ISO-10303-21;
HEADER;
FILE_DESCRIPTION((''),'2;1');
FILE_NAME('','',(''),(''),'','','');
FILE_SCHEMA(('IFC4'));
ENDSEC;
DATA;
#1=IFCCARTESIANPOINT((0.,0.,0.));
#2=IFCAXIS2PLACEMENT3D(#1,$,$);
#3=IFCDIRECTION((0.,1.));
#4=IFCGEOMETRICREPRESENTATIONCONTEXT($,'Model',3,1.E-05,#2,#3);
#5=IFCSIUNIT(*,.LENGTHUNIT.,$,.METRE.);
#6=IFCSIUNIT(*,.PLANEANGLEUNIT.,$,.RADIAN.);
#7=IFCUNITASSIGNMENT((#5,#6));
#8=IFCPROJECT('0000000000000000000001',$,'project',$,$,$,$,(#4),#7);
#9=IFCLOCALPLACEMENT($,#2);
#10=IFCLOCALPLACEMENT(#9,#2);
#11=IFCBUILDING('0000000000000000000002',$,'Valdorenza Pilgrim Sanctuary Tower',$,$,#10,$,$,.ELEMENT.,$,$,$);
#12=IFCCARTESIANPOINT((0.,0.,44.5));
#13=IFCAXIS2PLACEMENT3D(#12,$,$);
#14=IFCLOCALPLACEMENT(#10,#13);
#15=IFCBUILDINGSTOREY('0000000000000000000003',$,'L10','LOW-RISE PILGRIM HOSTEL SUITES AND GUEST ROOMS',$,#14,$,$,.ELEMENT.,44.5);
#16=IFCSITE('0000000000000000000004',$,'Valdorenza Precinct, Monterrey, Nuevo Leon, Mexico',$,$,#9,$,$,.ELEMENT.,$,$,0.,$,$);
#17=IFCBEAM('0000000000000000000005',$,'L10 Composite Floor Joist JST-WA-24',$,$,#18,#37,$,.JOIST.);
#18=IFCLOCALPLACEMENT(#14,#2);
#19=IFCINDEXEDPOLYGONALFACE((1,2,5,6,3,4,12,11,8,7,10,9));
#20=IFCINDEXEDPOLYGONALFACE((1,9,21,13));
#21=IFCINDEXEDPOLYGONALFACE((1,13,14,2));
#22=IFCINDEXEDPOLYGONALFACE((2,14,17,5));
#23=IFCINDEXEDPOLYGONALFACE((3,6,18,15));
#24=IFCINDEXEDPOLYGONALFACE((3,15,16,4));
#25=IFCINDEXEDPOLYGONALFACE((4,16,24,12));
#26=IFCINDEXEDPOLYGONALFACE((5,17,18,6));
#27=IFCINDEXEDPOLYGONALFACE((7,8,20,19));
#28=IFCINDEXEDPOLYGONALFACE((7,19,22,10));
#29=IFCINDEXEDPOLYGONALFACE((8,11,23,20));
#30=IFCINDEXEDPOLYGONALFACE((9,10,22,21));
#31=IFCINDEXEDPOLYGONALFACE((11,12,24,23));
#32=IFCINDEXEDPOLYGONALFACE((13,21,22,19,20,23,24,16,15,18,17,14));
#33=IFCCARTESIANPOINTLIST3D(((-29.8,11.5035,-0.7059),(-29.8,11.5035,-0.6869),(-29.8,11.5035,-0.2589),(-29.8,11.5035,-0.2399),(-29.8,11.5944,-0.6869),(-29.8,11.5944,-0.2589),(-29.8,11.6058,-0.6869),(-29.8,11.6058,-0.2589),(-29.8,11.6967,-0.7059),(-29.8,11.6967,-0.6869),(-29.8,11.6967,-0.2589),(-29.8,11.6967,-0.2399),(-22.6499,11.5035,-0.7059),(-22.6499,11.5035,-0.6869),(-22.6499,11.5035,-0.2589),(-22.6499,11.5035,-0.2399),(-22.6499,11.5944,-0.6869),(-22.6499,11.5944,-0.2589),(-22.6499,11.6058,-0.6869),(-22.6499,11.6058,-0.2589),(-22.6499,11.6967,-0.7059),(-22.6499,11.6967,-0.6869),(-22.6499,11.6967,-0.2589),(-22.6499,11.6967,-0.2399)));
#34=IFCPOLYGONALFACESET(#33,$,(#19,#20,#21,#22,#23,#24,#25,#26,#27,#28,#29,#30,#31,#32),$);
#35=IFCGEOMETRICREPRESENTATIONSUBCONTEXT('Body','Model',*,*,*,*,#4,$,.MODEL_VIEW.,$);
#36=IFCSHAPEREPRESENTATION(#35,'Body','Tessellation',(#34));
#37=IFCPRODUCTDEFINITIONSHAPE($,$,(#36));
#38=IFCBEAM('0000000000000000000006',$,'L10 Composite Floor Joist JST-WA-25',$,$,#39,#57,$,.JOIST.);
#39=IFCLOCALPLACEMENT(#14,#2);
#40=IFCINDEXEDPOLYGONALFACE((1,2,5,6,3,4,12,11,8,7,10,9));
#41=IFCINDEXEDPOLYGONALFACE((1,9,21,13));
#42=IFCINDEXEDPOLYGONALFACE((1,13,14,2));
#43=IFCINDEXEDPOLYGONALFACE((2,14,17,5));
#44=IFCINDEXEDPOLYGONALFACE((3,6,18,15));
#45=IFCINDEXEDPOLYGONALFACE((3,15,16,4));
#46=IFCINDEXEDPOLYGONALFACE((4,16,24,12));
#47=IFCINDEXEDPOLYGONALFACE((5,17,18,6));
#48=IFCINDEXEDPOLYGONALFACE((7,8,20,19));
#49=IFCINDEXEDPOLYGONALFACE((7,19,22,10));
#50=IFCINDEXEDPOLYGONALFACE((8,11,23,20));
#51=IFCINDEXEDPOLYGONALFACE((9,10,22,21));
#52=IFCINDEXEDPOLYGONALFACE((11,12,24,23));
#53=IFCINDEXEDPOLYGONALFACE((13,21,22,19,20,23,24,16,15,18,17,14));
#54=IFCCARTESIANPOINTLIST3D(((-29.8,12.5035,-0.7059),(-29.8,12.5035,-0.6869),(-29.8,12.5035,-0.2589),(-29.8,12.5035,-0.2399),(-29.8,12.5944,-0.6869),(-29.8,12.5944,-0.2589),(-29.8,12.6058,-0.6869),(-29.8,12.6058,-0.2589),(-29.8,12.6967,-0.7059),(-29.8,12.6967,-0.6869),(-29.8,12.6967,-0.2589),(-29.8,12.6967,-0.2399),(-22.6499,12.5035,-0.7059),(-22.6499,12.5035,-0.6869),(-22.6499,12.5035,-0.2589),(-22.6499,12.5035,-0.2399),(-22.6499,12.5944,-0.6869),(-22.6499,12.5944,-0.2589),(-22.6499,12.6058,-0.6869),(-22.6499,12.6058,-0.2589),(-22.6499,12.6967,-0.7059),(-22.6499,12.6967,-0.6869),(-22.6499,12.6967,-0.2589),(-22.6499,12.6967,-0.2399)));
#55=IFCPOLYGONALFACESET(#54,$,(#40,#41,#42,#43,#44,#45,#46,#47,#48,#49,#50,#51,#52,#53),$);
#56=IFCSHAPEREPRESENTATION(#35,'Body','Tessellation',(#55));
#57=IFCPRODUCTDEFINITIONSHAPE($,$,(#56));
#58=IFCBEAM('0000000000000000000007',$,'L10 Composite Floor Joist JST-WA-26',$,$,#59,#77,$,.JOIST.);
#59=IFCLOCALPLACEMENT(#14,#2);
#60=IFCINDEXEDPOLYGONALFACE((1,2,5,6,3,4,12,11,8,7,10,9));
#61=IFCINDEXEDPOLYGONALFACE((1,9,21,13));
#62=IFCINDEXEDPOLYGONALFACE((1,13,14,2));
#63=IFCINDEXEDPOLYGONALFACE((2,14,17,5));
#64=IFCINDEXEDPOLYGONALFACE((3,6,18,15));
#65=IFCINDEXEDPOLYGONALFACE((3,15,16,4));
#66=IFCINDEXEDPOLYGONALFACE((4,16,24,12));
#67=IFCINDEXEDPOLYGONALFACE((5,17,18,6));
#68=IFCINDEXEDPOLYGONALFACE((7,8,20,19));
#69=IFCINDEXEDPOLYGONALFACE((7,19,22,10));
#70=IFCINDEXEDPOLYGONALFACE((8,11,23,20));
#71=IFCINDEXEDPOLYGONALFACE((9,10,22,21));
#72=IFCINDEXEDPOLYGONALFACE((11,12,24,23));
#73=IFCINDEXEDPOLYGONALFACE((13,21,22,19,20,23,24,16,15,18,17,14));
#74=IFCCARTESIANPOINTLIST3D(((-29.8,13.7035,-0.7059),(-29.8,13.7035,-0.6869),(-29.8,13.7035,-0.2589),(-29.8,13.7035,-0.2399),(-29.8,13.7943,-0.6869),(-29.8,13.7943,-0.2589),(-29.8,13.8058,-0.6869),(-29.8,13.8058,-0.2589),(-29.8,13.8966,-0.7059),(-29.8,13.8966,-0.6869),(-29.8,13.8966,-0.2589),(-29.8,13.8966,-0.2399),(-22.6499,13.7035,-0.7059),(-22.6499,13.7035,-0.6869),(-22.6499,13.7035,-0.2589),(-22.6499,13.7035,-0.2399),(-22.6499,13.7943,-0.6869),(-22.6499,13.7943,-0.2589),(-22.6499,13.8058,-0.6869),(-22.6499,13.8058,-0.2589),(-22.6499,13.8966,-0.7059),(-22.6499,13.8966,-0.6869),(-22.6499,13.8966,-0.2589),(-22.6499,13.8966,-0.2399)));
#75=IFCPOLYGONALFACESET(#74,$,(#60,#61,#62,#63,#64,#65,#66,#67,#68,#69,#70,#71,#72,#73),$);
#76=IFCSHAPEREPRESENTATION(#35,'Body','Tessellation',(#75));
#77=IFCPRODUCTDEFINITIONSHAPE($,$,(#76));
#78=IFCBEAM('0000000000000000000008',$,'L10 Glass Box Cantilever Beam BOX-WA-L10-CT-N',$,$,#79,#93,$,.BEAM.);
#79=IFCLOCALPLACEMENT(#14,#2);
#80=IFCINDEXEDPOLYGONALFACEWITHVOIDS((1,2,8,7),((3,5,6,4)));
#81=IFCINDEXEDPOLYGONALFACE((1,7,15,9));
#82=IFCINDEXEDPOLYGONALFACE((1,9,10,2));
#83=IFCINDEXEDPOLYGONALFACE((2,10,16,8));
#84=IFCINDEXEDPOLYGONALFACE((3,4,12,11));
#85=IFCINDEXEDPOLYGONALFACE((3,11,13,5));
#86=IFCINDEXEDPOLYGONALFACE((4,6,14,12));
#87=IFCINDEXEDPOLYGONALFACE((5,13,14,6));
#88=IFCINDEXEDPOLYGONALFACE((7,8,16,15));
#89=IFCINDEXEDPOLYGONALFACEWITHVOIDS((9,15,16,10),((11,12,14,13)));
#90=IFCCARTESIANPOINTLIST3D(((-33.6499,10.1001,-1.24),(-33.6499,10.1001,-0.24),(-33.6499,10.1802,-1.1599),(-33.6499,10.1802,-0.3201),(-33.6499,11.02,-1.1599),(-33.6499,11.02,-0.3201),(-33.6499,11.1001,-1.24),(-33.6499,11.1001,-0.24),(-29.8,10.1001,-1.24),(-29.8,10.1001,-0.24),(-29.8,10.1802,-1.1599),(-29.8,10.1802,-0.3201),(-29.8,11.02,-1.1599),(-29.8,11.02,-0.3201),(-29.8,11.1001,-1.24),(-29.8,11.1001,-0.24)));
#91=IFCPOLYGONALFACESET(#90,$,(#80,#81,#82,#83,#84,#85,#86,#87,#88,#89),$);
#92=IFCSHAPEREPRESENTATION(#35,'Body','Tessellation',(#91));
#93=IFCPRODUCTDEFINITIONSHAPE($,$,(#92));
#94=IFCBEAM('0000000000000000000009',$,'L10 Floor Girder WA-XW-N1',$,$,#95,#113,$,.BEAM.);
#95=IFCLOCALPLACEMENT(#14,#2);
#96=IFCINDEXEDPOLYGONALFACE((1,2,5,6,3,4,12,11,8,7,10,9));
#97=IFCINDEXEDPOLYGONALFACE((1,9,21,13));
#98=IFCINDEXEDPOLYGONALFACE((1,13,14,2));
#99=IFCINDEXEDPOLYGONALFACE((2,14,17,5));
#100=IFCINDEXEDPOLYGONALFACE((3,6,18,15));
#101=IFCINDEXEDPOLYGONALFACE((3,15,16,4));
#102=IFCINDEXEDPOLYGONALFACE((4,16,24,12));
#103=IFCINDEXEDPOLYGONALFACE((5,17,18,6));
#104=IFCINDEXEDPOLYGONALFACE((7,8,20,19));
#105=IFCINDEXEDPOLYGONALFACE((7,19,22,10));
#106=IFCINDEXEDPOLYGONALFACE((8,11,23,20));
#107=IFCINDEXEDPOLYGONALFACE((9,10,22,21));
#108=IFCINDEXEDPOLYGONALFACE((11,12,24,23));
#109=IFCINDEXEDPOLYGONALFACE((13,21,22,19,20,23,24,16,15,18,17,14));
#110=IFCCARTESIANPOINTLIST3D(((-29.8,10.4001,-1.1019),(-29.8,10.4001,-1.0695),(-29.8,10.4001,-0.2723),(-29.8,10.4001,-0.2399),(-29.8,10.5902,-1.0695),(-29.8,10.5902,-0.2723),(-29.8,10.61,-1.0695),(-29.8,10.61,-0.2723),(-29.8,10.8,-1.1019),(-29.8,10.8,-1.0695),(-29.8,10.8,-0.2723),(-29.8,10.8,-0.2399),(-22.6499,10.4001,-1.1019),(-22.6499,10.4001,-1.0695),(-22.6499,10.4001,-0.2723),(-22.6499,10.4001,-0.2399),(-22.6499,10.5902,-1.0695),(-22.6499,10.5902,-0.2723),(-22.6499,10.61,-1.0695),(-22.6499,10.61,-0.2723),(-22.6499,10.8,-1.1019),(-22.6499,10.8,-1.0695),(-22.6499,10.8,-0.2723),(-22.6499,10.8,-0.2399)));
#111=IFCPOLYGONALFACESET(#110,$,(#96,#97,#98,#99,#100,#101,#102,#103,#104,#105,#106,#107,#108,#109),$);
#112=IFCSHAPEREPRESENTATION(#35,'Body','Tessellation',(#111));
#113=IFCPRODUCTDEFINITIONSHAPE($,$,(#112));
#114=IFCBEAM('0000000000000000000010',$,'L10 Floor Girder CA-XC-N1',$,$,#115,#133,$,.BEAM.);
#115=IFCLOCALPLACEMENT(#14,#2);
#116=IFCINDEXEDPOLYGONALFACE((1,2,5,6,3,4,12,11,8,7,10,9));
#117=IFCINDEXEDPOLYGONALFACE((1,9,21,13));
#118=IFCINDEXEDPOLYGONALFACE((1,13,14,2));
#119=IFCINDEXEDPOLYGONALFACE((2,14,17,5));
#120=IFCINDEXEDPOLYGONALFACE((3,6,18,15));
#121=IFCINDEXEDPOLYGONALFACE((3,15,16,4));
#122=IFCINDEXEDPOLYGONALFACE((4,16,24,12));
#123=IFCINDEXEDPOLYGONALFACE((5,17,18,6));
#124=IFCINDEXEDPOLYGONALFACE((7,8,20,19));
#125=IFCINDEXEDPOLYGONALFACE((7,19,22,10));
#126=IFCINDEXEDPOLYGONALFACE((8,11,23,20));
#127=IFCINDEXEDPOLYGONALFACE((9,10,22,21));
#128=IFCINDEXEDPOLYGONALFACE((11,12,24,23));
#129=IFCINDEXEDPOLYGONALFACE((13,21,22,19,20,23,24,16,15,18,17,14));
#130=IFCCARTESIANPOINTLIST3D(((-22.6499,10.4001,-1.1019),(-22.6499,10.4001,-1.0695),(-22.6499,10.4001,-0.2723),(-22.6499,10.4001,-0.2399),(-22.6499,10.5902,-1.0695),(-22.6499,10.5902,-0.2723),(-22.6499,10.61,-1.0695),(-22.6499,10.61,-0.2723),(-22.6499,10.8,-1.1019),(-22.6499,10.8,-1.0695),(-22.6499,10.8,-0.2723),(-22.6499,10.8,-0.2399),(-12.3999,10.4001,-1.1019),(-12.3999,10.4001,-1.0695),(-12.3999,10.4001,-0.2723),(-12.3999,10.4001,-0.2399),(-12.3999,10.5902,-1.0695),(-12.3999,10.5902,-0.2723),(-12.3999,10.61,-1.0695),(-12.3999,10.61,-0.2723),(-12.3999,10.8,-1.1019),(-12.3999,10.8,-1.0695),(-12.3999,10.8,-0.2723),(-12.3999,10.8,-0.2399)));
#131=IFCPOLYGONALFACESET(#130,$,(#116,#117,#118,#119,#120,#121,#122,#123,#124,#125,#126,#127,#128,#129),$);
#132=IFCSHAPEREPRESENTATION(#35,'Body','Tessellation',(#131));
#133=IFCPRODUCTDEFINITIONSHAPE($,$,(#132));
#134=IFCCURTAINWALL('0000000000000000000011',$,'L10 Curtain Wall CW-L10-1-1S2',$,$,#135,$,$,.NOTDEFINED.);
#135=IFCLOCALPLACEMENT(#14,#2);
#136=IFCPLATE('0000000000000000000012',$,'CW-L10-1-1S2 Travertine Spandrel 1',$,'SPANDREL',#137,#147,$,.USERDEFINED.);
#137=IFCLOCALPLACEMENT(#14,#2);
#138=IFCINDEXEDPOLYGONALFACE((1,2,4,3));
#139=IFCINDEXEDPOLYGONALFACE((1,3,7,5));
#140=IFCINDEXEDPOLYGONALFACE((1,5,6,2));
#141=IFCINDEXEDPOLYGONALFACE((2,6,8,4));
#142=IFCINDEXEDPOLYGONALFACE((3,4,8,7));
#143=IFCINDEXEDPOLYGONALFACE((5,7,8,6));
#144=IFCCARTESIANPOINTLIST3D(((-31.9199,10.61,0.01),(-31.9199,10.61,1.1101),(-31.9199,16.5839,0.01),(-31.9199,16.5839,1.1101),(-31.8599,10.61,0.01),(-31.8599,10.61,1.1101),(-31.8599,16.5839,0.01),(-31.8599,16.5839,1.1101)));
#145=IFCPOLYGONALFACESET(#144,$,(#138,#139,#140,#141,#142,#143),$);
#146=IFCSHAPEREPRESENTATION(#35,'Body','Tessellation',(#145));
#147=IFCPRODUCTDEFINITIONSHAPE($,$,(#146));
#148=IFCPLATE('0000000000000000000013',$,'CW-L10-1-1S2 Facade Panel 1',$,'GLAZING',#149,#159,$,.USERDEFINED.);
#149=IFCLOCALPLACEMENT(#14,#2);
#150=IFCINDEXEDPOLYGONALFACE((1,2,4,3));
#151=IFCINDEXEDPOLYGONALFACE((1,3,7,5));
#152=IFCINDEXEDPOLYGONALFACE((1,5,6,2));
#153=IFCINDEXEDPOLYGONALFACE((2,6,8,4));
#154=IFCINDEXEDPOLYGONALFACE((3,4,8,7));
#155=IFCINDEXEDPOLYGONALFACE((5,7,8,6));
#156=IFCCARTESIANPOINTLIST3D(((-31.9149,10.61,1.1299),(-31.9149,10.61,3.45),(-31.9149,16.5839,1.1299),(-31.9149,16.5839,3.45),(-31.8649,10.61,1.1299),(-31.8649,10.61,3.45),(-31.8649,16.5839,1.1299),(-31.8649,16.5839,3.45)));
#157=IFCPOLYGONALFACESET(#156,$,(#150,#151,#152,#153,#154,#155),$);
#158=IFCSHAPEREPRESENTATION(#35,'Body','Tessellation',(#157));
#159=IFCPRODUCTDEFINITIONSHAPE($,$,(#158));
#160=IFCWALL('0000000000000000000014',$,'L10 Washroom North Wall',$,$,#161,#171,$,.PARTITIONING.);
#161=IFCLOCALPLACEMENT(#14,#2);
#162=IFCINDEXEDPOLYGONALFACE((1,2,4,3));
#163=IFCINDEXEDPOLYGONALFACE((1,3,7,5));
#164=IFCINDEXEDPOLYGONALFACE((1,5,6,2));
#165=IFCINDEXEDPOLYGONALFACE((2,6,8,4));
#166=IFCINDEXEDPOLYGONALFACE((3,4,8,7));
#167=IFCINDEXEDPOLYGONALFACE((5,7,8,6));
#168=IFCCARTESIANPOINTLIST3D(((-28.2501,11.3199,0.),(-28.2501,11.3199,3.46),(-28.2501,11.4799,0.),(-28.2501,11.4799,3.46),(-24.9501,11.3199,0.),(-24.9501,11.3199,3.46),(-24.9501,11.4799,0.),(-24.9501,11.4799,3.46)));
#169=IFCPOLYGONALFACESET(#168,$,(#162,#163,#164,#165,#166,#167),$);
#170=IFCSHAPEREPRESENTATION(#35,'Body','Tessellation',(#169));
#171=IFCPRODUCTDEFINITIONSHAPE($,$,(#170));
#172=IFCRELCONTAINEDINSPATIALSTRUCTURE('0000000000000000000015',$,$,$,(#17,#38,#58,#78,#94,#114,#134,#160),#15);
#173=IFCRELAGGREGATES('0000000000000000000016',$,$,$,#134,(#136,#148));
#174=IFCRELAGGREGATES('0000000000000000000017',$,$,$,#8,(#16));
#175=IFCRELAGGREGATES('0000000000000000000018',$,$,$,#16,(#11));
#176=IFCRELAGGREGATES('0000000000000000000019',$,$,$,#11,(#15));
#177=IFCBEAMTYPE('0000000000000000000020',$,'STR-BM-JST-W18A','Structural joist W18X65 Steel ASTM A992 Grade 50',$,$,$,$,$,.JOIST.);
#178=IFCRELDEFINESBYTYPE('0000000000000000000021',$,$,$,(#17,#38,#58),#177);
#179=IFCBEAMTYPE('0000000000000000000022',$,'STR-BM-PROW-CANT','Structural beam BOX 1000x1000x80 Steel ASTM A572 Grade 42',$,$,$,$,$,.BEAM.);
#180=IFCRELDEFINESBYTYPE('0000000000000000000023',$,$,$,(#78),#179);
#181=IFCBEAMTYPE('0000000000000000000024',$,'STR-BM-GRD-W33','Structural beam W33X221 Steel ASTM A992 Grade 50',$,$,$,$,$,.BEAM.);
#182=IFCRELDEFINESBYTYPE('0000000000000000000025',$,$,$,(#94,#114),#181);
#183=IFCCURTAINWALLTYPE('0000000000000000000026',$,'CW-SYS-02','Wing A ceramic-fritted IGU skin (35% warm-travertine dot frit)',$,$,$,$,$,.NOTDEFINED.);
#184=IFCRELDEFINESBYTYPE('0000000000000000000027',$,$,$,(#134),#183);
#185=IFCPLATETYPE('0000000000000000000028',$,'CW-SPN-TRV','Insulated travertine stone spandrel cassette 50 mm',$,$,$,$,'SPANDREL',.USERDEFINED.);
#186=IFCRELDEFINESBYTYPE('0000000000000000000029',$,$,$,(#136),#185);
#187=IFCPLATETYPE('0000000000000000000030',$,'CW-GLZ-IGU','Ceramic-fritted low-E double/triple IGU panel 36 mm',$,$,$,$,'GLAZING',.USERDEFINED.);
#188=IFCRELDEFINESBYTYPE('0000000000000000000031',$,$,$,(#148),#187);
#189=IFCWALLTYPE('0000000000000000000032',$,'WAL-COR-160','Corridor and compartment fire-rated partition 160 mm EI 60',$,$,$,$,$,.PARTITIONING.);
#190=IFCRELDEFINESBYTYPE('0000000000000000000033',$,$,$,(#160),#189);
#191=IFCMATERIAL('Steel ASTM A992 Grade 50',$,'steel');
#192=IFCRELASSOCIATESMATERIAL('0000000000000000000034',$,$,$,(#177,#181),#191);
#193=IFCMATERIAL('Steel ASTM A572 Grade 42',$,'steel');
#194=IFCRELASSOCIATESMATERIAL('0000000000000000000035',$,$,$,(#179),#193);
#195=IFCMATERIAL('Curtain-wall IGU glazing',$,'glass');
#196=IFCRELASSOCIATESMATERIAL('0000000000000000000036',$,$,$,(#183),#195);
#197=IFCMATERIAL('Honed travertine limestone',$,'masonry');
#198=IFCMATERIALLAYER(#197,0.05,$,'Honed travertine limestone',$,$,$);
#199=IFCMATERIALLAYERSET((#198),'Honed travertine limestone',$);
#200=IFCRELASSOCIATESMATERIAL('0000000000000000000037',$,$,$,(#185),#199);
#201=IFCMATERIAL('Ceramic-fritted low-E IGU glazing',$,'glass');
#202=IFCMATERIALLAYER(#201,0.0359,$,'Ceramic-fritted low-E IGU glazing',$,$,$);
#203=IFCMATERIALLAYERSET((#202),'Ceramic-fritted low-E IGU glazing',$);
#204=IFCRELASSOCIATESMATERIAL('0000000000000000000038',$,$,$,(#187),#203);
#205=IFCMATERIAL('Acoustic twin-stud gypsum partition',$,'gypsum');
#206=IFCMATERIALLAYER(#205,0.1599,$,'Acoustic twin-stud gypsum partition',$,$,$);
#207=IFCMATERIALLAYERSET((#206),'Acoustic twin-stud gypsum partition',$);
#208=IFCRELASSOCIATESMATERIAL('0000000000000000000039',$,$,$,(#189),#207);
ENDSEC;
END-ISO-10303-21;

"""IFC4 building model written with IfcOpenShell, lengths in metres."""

from ifc_helpers import new_model, si_unit, direction, frame, frame_2d, origin, origin_2d, place, context, subcontext, project, spatial, rectangle, hollow_rectangle, i_section, extrude, source, transform, mapped, material, layer, layer_set, material_profile, profile_set, type_object, element, aggregate, save


model = new_model("IFC4")

# Units and contexts
model_context = context("Model", 3, precision=1e-05, world=origin(), true_north=direction((0.0, 1.0)))
body_context = subcontext(model_context, "Body", "Model", "MODEL_VIEW")
ifc_project = project(units=[si_unit("LENGTHUNIT", "METRE"), si_unit("PLANEANGLEUNIT", "RADIAN")], contexts=[model_context])

# Site, building, storey
site_placement = place(None, origin())
site = spatial("IfcSite", under=ifc_project, at=site_placement, Name="Valdorenza Precinct, Monterrey, Nuevo Leon, Mexico", CompositionType="ELEMENT", RefElevation=0.0)
building_placement = place(site_placement, origin())
building = spatial("IfcBuilding", under=site, at=building_placement, Name="Valdorenza Pilgrim Sanctuary Tower", CompositionType="ELEMENT")
storey_placement = place(building_placement, frame((0.0, 0.0, 44.5)))
storey = spatial("IfcBuildingStorey", under=building, at=storey_placement, Name="L10", Description="LOW-RISE PILGRIM HOSTEL SUITES AND GUEST ROOMS", CompositionType="ELEMENT", Elevation=44.5)

# Beams
ifc_material_1 = material(Name="Steel ASTM A992 Grade 50", Category="steel")
ifc_material_profile_1 = material_profile(ifc_material_1, i_section(OverallWidth=0.1931, OverallDepth=0.4661, WebThickness=0.0115, FlangeThickness=0.019, at=origin_2d()), Name="W18X65")
ifc_profile_set_1 = profile_set([ifc_material_profile_1], Name="Steel ASTM A992 Grade 50")
beam_type_1 = type_object("IfcBeamType", Name="STR-BM-JST-W18A", Description="Structural joist W18X65 Steel ASTM A992 Grade 50", PredefinedType="JOIST", material=ifc_profile_set_1)
shared_shape_1 = source(origin(), body_context, "Body", "SweptSolid", [
    extrude(i_section(OverallWidth=0.1931, OverallDepth=0.4661, WebThickness=0.0115, FlangeThickness=0.019, at=origin_2d()), origin(), (0.0, 0.0, 1.0), 7.1501),
])
for number, where, z_axis, x_axis, name in (
    (1, (-29.8, 11.6001, -0.4729), (1.0, 0.0, 0.0), (0.0, 1.0, 0.0), "L10 Composite Floor Joist JST-WA-24"),
    (2, (-29.8, 12.6001, -0.4729), (1.0, 0.0, 0.0), (0.0, 1.0, 0.0), "L10 Composite Floor Joist JST-WA-25"),
    (3, (-29.8, 13.8, -0.4729), (1.0, 0.0, 0.0), (0.0, 1.0, 0.0), "L10 Composite Floor Joist JST-WA-26"),
):
    element("IfcBeam", number, at=place(storey_placement, frame(where, z_axis=z_axis, x_axis=x_axis)), inside=storey, type_object=beam_type_1, Name=name, PredefinedType="JOIST", context=body_context, shape_type="MappedRepresentation", body=[
        mapped(shared_shape_1, transform((0.0, 0.0, 0.0), x_axis=(1.0, 0.0, 0.0), y_axis=(0.0, 1.0, 0.0), z_axis=(0.0, 0.0, 1.0), scale=1.0)),
    ])
ifc_material_2 = material(Name="Steel ASTM A572 Grade 42", Category="steel")
ifc_material_profile_2 = material_profile(ifc_material_2, hollow_rectangle(XDim=1.0, YDim=1.0, WallThickness=0.0801, at=origin_2d()), Name="BOX 1000x1000x80")
ifc_profile_set_2 = profile_set([ifc_material_profile_2], Name="Steel ASTM A572 Grade 42")
beam_type_2 = type_object("IfcBeamType", Name="STR-BM-PROW-CANT", Description="Structural beam BOX 1000x1000x80 Steel ASTM A572 Grade 42", PredefinedType="BEAM", material=ifc_profile_set_2)
shared_shape_2 = source(origin(), body_context, "Body", "SweptSolid", [
    extrude(hollow_rectangle(XDim=1.0, YDim=1.0, WallThickness=0.0801, at=origin_2d()), origin(), (0.0, 0.0, 1.0), 3.8499),
])
beam_1_placement = place(storey_placement, frame((-29.8, 10.6001, -0.74), z_axis=(-1.0, 0.0, 0.0), x_axis=(0.0, -1.0, 0.0)))
element("IfcBeam", 4, at=beam_1_placement, inside=storey, type_object=beam_type_2, Name="L10 Glass Box Cantilever Beam BOX-WA-L10-CT-N", PredefinedType="BEAM", context=body_context, shape_type="MappedRepresentation", body=[
    mapped(shared_shape_2, transform((0.0, 0.0, 0.0), x_axis=(1.0, 0.0, 0.0), y_axis=(0.0, 1.0, 0.0), z_axis=(0.0, 0.0, 1.0), scale=1.0)),
])
ifc_material_profile_3 = material_profile(ifc_material_1, i_section(OverallWidth=0.3999, OverallDepth=0.8621, WebThickness=0.0198, FlangeThickness=0.0325, at=origin_2d()), Name="W33X221")
ifc_profile_set_3 = profile_set([ifc_material_profile_3], Name="Steel ASTM A992 Grade 50")
beam_type_3 = type_object("IfcBeamType", Name="STR-BM-GRD-W33", Description="Structural beam W33X221 Steel ASTM A992 Grade 50", PredefinedType="BEAM", material=ifc_profile_set_3)
shared_shape_3 = source(origin(), body_context, "Body", "SweptSolid", [
    extrude(i_section(OverallWidth=0.3999, OverallDepth=0.8621, WebThickness=0.0198, FlangeThickness=0.0325, at=origin_2d()), origin(), (0.0, 0.0, 1.0), 7.1501),
])
beam_2_placement = place(storey_placement, frame((-29.8, 10.6001, -0.6709), z_axis=(1.0, 0.0, 0.0), x_axis=(0.0, 1.0, 0.0)))
element("IfcBeam", 5, at=beam_2_placement, inside=storey, type_object=beam_type_3, Name="L10 Floor Girder WA-XW-N1", PredefinedType="BEAM", context=body_context, shape_type="MappedRepresentation", body=[
    mapped(shared_shape_3, transform((0.0, 0.0, 0.0), x_axis=(1.0, 0.0, 0.0), y_axis=(0.0, 1.0, 0.0), z_axis=(0.0, 0.0, 1.0), scale=1.0)),
])
shared_shape_4 = source(origin(), body_context, "Body", "SweptSolid", [
    extrude(i_section(OverallWidth=0.3999, OverallDepth=0.8621, WebThickness=0.0198, FlangeThickness=0.0325, at=origin_2d()), origin(), (0.0, 0.0, 1.0), 10.25),
])
beam_3_placement = place(storey_placement, frame((-22.6499, 10.6001, -0.6709), z_axis=(1.0, 0.0, 0.0), x_axis=(0.0, 1.0, 0.0)))
element("IfcBeam", 6, at=beam_3_placement, inside=storey, type_object=beam_type_3, Name="L10 Floor Girder CA-XC-N1", PredefinedType="BEAM", context=body_context, shape_type="MappedRepresentation", body=[
    mapped(shared_shape_4, transform((0.0, 0.0, 0.0), x_axis=(1.0, 0.0, 0.0), y_axis=(0.0, 1.0, 0.0), z_axis=(0.0, 0.0, 1.0), scale=1.0)),
])

# Curtain wall, plates
ifc_material_3 = material(Name="Curtain-wall IGU glazing", Category="glass")
curtain_wall_type = type_object("IfcCurtainWallType", Name="CW-SYS-02", Description="Wing A ceramic-fritted IGU skin (35% warm-travertine dot frit)", PredefinedType="NOTDEFINED", material=ifc_material_3)
curtain_wall_placement = place(storey_placement, origin())
curtain_wall = element("IfcCurtainWall", 7, at=curtain_wall_placement, inside=storey, type_object=curtain_wall_type, Name="L10 Curtain Wall CW-L10-1-1S2", PredefinedType="NOTDEFINED")
ifc_material_4 = material(Name="Honed travertine limestone", Category="masonry")
ifc_layer_1 = layer(ifc_material_4, 0.05, Name="Honed travertine limestone")
ifc_layer_set_1 = layer_set([ifc_layer_1], Name="Honed travertine limestone")
plate_type_1 = type_object("IfcPlateType", Name="CW-SPN-TRV", Description="Insulated travertine stone spandrel cassette 50 mm", ElementType="SPANDREL", PredefinedType="USERDEFINED", material=ifc_layer_set_1)
shared_shape_5 = source(origin(), body_context, "Body", "SweptSolid", [
    extrude(rectangle(XDim=5.9739, YDim=0.0601, at=origin_2d()), origin(), (0.0, 0.0, 1.0), 1.1001),
])
plate_1_placement = place(storey_placement, frame((-31.8899, 13.5969, 0.01), z_axis=(0.0, 0.0, 1.0), x_axis=(0.0, 1.0, 0.0)))
plate_1 = element("IfcPlate", 8, at=plate_1_placement, type_object=plate_type_1, Name="CW-L10-1-1S2 Travertine Spandrel 1", ObjectType="SPANDREL", PredefinedType="USERDEFINED", context=body_context, shape_type="MappedRepresentation", body=[
    mapped(shared_shape_5, transform((0.0, 0.0, 0.0), x_axis=(1.0, 0.0, 0.0), y_axis=(0.0, 1.0, 0.0), z_axis=(0.0, 0.0, 1.0), scale=1.0)),
])
ifc_material_5 = material(Name="Ceramic-fritted low-E IGU glazing", Category="glass")
ifc_layer_2 = layer(ifc_material_5, 0.0359, Name="Ceramic-fritted low-E IGU glazing")
ifc_layer_set_2 = layer_set([ifc_layer_2], Name="Ceramic-fritted low-E IGU glazing")
plate_type_2 = type_object("IfcPlateType", Name="CW-GLZ-IGU", Description="Ceramic-fritted low-E double/triple IGU panel 36 mm", ElementType="GLAZING", PredefinedType="USERDEFINED", material=ifc_layer_set_2)
shared_shape_6 = source(origin(), body_context, "Body", "SweptSolid", [
    extrude(rectangle(XDim=5.9739, YDim=0.05, at=origin_2d()), origin(), (0.0, 0.0, 1.0), 2.3201),
])
plate_2_placement = place(storey_placement, frame((-31.8899, 13.5969, 1.1299), z_axis=(0.0, 0.0, 1.0), x_axis=(0.0, 1.0, 0.0)))
plate_2 = element("IfcPlate", 9, at=plate_2_placement, type_object=plate_type_2, Name="CW-L10-1-1S2 Facade Panel 1", ObjectType="GLAZING", PredefinedType="USERDEFINED", context=body_context, shape_type="MappedRepresentation", body=[
    mapped(shared_shape_6, transform((0.0, 0.0, 0.0), x_axis=(1.0, 0.0, 0.0), y_axis=(0.0, 1.0, 0.0), z_axis=(0.0, 0.0, 1.0), scale=1.0)),
])
aggregate(curtain_wall, [plate_1, plate_2])

# Wall
ifc_material_6 = material(Name="Acoustic twin-stud gypsum partition", Category="gypsum")
ifc_layer_3 = layer(ifc_material_6, 0.1599, Name="Acoustic twin-stud gypsum partition")
ifc_layer_set_3 = layer_set([ifc_layer_3], Name="Acoustic twin-stud gypsum partition")
wall_type_1 = type_object("IfcWallType", Name="WAL-COR-160", Description="Corridor and compartment fire-rated partition 160 mm EI 60", PredefinedType="PARTITIONING", material=ifc_layer_set_3)
wall_1_placement = place(storey_placement, frame((-28.25, 11.3999, 0.0), z_axis=(0.0, 0.0, 1.0), x_axis=(1.0, 0.0, 0.0)))
element("IfcWall", 10, at=wall_1_placement, inside=storey, type_object=wall_type_1, Name="L10 Washroom North Wall", PredefinedType="PARTITIONING", context=body_context, shape_type="SweptSolid", body=[
    extrude(rectangle(XDim=3.3, YDim=0.1599, at=frame_2d((1.6499, 0.0))), origin(), (0.0, 0.0, 1.0), 3.46),
])

save(model, "model.ifc")
